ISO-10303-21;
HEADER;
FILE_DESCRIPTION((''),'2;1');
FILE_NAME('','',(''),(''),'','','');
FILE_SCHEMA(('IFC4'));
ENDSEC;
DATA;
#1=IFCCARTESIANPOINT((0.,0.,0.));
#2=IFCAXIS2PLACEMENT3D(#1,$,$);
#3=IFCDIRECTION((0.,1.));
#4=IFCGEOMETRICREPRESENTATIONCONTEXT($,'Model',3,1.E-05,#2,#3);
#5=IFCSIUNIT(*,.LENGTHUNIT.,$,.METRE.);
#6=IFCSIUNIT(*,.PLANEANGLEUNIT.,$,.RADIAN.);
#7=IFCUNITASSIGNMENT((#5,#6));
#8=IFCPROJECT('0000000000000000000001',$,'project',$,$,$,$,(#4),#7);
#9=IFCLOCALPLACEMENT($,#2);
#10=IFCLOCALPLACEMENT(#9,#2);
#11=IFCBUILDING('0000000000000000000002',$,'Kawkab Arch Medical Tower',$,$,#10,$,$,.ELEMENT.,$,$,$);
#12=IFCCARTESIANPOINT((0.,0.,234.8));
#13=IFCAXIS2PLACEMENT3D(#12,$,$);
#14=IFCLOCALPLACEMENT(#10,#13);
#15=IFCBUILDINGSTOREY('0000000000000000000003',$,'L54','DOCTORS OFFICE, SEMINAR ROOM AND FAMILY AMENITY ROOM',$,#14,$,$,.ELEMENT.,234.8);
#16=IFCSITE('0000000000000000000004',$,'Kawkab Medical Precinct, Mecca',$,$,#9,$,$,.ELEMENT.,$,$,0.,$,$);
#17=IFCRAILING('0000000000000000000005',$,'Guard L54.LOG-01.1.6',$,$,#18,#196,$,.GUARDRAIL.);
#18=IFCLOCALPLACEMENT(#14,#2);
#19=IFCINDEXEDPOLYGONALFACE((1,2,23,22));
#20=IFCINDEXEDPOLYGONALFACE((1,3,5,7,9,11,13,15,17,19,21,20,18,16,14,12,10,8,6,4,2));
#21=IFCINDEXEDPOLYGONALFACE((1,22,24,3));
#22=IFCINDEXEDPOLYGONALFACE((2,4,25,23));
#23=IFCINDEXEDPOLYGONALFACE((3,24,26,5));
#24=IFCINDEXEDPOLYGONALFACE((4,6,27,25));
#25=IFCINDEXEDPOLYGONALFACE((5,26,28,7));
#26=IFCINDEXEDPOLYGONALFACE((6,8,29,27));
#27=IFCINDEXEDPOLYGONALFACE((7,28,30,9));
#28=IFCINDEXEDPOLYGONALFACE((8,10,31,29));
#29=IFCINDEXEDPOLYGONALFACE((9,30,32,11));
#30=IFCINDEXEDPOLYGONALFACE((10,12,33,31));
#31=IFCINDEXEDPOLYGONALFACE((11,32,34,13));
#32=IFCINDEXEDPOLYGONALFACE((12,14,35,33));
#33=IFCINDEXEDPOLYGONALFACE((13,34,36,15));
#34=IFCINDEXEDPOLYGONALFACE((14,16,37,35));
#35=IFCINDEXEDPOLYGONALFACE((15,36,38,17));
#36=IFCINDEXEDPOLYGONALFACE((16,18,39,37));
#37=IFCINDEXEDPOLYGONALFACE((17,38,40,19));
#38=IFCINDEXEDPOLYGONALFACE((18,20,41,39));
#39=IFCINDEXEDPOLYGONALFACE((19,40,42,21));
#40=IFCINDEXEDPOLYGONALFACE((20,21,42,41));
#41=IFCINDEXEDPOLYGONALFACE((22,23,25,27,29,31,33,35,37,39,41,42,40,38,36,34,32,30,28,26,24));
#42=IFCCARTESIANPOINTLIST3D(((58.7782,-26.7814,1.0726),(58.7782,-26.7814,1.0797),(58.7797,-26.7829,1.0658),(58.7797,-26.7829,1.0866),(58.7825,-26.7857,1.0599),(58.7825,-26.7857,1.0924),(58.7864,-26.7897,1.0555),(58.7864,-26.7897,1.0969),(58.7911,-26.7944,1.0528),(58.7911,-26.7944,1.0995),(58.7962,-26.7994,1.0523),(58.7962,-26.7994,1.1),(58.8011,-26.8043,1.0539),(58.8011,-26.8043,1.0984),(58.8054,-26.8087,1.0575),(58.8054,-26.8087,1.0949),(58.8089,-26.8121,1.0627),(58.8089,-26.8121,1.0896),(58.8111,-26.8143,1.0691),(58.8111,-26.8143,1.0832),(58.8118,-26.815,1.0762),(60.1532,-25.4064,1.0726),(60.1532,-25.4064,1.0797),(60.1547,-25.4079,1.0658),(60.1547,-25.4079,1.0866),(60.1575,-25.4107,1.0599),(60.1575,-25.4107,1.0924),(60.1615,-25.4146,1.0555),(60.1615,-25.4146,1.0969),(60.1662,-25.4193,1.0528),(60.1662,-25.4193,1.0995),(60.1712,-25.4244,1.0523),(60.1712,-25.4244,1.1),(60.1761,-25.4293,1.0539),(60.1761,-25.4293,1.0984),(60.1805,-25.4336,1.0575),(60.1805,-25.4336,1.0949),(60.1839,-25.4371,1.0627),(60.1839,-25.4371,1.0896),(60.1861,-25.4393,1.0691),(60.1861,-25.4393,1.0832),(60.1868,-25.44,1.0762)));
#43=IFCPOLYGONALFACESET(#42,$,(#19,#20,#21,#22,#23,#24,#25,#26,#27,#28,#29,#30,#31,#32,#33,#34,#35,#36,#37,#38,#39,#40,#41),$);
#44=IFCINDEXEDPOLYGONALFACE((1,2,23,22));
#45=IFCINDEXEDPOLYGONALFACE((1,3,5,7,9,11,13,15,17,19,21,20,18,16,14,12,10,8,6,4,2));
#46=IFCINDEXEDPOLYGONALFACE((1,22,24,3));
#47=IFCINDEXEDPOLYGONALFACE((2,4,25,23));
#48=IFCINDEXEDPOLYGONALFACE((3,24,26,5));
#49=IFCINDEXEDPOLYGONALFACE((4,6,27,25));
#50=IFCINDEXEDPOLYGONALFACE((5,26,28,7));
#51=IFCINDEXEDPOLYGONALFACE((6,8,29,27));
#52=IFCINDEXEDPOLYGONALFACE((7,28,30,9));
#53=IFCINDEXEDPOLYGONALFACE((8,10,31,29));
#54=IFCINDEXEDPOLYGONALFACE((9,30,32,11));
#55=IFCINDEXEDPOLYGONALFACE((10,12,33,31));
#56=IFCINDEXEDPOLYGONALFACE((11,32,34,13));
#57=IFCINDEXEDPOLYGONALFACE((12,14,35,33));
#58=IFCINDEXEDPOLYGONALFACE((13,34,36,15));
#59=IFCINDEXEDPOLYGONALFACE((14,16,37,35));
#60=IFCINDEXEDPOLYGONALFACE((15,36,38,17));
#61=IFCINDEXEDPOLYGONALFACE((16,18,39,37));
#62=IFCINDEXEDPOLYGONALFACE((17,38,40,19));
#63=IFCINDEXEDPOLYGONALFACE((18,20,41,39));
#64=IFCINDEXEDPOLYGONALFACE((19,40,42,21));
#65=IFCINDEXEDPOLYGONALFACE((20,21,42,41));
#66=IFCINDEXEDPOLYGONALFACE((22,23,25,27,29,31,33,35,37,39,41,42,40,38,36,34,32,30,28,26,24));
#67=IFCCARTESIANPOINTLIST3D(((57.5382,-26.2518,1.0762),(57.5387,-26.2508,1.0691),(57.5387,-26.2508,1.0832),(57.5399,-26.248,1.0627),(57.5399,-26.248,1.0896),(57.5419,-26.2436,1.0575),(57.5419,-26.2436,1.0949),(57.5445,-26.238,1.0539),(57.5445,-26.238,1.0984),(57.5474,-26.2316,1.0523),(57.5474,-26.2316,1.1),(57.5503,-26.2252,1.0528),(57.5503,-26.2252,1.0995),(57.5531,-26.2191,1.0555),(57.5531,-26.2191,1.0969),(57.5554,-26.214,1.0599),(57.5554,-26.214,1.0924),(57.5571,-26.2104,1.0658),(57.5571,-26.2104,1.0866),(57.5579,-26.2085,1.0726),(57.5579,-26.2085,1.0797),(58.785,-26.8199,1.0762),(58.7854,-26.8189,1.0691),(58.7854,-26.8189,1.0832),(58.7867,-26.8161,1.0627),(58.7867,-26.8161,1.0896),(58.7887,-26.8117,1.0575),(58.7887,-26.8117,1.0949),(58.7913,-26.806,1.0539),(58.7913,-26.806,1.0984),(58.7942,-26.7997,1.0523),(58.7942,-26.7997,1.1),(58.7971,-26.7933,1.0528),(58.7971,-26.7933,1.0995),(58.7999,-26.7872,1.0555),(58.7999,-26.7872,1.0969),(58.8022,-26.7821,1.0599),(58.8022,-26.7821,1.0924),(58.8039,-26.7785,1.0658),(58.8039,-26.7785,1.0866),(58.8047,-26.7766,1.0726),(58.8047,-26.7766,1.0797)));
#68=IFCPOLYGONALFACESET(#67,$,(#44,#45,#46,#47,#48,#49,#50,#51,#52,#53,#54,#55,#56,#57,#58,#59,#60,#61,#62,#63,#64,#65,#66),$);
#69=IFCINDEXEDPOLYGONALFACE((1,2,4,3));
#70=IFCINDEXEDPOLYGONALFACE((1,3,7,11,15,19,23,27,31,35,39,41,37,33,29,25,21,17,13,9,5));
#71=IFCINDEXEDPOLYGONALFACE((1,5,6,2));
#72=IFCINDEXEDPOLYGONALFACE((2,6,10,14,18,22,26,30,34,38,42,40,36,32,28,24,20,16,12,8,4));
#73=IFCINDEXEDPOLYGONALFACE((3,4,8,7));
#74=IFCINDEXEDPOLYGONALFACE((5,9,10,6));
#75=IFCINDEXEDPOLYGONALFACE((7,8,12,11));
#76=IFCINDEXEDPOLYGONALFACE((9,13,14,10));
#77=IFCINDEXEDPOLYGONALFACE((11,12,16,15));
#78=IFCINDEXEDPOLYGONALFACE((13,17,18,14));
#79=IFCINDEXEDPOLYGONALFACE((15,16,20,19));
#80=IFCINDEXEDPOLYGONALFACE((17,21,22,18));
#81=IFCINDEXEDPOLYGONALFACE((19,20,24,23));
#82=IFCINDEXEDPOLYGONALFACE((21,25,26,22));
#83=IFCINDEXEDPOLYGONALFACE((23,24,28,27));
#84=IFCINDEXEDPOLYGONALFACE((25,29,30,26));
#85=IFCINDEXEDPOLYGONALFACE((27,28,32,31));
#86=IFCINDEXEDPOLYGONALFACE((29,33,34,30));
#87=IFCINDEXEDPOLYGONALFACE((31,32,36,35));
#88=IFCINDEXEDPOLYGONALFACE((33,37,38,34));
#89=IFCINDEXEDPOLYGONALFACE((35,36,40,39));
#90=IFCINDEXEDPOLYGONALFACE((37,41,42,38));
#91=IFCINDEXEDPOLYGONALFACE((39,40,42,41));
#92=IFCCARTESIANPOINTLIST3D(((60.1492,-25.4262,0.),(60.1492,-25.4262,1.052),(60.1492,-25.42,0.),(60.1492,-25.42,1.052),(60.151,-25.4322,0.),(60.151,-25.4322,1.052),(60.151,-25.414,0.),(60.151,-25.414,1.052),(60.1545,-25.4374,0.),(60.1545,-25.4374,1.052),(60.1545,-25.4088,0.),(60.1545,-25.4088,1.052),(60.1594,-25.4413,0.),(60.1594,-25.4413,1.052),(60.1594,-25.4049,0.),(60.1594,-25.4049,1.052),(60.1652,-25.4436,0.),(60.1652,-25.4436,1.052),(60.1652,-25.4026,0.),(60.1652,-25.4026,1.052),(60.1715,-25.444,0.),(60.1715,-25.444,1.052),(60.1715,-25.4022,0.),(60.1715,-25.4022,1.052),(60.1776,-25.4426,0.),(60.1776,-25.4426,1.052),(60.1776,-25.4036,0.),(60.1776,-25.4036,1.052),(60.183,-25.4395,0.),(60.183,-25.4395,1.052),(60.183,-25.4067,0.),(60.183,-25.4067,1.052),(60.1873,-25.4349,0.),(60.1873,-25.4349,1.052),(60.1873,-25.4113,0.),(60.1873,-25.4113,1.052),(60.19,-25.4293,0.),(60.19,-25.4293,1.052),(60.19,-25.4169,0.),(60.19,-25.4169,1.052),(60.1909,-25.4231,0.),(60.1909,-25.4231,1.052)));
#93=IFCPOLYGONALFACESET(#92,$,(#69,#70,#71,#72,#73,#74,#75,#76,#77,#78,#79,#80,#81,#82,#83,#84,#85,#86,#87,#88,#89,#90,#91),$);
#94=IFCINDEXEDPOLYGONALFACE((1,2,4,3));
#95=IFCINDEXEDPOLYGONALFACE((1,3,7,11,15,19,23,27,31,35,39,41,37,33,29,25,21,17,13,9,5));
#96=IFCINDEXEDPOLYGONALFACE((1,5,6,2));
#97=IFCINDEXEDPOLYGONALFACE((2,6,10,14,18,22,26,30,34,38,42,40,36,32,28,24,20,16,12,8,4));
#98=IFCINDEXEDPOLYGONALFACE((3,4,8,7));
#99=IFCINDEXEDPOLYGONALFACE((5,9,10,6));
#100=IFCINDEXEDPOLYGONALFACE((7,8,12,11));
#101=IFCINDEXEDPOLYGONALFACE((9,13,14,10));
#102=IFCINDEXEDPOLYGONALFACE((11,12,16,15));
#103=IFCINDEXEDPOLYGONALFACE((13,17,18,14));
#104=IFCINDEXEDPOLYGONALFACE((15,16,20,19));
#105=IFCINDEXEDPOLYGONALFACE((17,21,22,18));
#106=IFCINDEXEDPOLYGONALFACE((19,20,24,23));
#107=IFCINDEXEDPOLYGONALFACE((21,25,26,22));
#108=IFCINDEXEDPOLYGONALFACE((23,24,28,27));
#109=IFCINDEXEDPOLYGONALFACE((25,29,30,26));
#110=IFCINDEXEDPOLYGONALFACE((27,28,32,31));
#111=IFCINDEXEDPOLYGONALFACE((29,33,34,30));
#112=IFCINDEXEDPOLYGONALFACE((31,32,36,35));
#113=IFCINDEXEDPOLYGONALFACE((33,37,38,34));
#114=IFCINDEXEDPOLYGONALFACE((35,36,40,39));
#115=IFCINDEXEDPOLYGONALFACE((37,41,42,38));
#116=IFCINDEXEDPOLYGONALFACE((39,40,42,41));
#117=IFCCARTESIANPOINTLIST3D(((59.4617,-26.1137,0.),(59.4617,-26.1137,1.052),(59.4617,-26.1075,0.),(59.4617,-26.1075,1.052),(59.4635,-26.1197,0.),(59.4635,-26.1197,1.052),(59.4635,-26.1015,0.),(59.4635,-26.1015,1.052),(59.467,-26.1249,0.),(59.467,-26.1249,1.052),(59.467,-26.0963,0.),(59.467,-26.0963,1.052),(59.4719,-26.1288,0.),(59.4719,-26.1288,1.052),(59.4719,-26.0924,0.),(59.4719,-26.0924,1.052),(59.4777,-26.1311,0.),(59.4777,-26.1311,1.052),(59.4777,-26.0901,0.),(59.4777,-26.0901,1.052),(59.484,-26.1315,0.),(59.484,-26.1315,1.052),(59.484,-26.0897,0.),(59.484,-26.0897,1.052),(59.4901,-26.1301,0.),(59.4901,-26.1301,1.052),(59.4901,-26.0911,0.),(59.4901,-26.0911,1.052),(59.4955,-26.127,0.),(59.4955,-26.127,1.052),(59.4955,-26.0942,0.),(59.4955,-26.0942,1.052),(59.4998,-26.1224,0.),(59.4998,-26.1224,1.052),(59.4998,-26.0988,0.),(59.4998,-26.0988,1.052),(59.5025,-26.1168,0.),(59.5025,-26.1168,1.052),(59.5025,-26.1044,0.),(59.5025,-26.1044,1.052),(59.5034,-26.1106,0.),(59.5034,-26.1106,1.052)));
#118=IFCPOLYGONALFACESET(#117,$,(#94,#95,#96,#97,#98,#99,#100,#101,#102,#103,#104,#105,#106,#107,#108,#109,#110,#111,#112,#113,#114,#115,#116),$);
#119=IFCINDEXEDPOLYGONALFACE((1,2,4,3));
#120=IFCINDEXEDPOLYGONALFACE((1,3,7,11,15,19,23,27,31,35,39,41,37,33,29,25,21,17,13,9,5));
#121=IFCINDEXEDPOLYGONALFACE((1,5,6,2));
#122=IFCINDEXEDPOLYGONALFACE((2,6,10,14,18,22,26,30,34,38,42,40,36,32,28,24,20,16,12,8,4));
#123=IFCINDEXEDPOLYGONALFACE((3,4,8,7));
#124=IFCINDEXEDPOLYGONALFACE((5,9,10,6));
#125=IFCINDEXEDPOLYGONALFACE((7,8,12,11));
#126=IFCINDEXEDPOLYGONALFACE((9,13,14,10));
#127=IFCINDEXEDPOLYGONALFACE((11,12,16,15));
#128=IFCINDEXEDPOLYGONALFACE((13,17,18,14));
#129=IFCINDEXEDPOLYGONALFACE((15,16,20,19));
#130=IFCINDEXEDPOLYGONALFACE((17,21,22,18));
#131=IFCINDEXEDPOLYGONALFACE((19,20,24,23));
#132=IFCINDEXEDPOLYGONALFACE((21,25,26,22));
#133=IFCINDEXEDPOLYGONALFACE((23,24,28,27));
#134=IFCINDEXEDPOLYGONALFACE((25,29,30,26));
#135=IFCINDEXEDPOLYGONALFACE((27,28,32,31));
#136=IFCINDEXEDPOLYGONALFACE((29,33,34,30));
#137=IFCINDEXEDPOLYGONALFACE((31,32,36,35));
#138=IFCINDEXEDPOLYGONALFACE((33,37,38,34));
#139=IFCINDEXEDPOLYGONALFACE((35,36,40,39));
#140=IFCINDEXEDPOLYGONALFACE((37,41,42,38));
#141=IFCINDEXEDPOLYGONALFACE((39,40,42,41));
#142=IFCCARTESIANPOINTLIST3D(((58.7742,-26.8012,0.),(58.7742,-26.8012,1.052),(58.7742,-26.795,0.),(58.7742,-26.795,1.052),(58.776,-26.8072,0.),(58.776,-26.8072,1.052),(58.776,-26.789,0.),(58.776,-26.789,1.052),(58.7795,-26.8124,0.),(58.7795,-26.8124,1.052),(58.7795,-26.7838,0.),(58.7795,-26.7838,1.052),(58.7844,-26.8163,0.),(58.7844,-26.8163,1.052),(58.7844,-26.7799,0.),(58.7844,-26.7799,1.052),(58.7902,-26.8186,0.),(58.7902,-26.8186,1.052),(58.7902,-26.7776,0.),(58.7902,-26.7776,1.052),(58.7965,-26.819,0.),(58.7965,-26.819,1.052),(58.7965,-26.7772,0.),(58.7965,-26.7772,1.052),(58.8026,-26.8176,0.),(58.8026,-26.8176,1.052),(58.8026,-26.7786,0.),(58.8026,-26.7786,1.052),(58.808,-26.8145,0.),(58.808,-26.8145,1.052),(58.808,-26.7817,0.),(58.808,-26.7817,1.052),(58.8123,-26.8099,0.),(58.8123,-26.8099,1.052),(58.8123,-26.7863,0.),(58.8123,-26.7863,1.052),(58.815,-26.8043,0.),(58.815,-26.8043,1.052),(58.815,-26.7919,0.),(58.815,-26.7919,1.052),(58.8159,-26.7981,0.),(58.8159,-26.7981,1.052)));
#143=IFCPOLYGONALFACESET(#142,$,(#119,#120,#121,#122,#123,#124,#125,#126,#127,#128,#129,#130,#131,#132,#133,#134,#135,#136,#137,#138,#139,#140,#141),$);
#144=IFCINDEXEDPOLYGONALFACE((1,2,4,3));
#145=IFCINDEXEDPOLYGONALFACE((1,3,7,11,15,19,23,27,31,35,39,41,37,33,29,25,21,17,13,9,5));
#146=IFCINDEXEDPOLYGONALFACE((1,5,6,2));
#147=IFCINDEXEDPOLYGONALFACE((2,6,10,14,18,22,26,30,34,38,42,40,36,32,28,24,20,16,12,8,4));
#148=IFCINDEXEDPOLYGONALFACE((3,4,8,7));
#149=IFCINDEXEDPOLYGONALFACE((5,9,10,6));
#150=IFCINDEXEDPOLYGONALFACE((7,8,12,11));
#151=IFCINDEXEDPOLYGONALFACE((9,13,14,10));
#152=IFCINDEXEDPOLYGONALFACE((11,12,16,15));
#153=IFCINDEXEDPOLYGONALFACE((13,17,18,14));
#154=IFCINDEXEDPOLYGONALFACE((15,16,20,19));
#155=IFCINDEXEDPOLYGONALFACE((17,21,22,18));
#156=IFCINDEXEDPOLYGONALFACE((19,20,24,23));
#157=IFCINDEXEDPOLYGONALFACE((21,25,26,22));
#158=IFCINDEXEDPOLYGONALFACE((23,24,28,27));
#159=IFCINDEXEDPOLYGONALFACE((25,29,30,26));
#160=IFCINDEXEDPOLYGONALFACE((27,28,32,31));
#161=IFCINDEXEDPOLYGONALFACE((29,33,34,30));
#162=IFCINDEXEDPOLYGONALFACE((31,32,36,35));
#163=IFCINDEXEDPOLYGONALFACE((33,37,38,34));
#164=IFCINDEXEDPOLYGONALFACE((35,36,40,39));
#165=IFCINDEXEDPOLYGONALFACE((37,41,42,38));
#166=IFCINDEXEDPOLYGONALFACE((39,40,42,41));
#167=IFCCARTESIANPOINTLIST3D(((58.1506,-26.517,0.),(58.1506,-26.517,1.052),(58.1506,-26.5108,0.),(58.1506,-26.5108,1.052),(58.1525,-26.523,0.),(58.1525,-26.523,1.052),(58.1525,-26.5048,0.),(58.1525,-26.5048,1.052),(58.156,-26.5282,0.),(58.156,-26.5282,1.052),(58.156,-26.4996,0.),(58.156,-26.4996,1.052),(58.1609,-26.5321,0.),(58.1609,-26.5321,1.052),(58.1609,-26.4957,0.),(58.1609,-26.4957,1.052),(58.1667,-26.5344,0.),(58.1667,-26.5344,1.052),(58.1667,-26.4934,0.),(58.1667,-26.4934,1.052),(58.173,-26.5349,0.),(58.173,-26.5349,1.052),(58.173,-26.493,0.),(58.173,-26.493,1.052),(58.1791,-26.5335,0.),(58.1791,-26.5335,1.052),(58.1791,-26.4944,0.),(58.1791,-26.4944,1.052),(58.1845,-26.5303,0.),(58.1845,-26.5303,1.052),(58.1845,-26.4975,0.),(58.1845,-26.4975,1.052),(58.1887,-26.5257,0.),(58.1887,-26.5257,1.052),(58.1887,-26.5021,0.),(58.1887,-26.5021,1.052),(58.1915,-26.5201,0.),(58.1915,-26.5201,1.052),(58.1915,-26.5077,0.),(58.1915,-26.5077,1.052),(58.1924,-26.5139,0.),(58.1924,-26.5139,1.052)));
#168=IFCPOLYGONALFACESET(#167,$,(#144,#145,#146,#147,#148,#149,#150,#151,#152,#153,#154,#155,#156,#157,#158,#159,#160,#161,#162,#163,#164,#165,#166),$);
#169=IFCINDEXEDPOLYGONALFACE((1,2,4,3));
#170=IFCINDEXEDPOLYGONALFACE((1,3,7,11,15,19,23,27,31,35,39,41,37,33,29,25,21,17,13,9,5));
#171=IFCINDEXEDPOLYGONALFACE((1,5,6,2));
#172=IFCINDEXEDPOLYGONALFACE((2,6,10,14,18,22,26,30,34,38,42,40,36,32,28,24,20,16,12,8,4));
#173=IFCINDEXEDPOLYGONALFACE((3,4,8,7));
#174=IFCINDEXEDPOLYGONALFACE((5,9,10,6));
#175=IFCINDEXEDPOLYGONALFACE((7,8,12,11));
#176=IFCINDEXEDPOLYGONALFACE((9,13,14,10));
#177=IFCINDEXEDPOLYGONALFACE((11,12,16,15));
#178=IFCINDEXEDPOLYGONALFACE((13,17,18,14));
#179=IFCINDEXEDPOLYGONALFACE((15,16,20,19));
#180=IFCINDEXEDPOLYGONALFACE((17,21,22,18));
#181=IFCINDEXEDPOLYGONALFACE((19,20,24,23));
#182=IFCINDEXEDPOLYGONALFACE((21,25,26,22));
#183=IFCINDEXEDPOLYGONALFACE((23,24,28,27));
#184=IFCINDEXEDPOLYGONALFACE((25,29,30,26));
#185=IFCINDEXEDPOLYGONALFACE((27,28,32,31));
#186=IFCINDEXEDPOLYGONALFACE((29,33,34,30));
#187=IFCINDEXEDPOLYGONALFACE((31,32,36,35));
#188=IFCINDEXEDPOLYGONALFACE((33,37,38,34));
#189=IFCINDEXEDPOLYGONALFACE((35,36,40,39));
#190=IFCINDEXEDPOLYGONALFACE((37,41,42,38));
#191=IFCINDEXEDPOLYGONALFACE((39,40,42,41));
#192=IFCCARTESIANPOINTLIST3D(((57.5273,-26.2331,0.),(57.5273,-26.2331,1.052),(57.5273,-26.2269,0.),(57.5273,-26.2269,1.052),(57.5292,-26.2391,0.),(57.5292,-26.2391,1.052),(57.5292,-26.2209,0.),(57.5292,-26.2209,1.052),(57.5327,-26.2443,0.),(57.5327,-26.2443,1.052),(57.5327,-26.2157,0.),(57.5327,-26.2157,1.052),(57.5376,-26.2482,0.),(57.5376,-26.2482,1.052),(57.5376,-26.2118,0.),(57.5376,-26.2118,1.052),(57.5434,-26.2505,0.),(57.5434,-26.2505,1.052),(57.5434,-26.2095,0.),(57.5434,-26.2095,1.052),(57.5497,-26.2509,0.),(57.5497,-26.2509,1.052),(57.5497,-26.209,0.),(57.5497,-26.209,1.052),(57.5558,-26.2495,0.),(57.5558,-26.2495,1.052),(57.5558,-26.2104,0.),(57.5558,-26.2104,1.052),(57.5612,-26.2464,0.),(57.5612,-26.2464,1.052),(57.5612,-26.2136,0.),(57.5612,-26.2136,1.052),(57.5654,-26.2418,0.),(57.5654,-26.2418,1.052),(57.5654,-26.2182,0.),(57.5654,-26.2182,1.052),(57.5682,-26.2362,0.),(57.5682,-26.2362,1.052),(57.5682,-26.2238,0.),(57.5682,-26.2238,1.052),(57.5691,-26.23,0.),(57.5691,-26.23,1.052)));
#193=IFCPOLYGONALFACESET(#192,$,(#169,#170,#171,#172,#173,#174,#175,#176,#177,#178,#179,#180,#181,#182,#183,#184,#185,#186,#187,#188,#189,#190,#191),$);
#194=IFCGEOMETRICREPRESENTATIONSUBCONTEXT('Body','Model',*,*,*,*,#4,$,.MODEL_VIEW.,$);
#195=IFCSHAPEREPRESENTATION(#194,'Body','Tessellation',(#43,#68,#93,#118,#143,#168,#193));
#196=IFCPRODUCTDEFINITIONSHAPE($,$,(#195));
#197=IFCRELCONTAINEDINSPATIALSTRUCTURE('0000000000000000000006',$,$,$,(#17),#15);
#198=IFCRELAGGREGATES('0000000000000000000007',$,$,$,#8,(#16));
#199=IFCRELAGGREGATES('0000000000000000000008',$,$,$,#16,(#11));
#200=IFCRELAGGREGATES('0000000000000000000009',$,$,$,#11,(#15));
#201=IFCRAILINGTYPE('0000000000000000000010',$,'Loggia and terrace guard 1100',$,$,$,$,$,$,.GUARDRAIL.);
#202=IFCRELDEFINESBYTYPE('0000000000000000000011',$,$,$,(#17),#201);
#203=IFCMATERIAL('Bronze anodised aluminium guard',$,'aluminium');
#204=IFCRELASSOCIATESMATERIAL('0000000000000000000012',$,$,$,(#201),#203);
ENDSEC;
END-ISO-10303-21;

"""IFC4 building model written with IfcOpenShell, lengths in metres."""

from ifc_helpers import new_model, si_unit, direction, frame, origin, origin_2d, place, context, subcontext, project, spatial, circle, extrude, material, type_object, element, save


model = new_model("IFC4")

# Units and contexts
model_context = context("Model", 3, precision=1e-05, world=origin(), true_north=direction((0.0, 1.0)))
body_context = subcontext(model_context, "Body", "Model", "MODEL_VIEW")
ifc_project = project(units=[si_unit("LENGTHUNIT", "METRE"), si_unit("PLANEANGLEUNIT", "RADIAN")], contexts=[model_context])

# Site, building, storey
site_placement = place(None, origin())
site = spatial("IfcSite", under=ifc_project, at=site_placement, Name="Kawkab Medical Precinct, Mecca", CompositionType="ELEMENT", RefElevation=0.0)
building_placement = place(site_placement, origin())
building = spatial("IfcBuilding", under=site, at=building_placement, Name="Kawkab Arch Medical Tower", CompositionType="ELEMENT")
storey_placement = place(building_placement, frame((0.0, 0.0, 234.8)))
storey = spatial("IfcBuildingStorey", under=building, at=storey_placement, Name="L54", Description="DOCTORS OFFICE, SEMINAR ROOM AND FAMILY AMENITY ROOM", CompositionType="ELEMENT", Elevation=234.8)

# Railing
ifc_material_1 = material(Name="Bronze anodised aluminium guard", Category="aluminium")
railing_type_1 = type_object("IfcRailingType", Name="Loggia and terrace guard 1100", PredefinedType="GUARDRAIL", material=ifc_material_1)
railing_1_placement = place(storey_placement, frame((60.1699, -25.4231, 0.0)))
element("IfcRailing", 1, at=railing_1_placement, inside=storey, type_object=railing_type_1, Name="Guard L54.LOG-01.1.6", PredefinedType="GUARDRAIL", context=body_context, shape_type="SweptSolid", body=[
    extrude(circle(Radius=0.0239, at=origin_2d()), frame((0.0, 0.0, 1.0762), z_axis=(-0.707107, -0.707107, 0.0), x_axis=(0.707107, -0.707107, 0.0)), (0.0, 0.0, 1.0), 1.9446),
    extrude(circle(Radius=0.0239, at=origin_2d()), frame((-1.375, -1.375, 1.0762), z_axis=(-0.909988, 0.414635, 0.0), x_axis=(-0.414635, -0.909988, 0.0)), (0.0, 0.0, 1.0), 1.3701),
    extrude(circle(Radius=0.021, at=origin_2d()), origin(), (0.0, 0.0, 1.0), 1.052),
    extrude(circle(Radius=0.021, at=origin_2d()), frame((-0.6875, -0.6875, 0.0)), (0.0, 0.0, 1.0), 1.052),
    extrude(circle(Radius=0.021, at=origin_2d()), frame((-1.375, -1.375, 0.0)), (0.0, 0.0, 1.0), 1.052),
    extrude(circle(Radius=0.021, at=origin_2d()), frame((-1.9985, -1.0908, 0.0)), (0.0, 0.0, 1.0), 1.052),
    extrude(circle(Radius=0.021, at=origin_2d()), frame((-2.6218, -0.8069, 0.0)), (0.0, 0.0, 1.0), 1.052),
])

save(model, "model.ifc")
